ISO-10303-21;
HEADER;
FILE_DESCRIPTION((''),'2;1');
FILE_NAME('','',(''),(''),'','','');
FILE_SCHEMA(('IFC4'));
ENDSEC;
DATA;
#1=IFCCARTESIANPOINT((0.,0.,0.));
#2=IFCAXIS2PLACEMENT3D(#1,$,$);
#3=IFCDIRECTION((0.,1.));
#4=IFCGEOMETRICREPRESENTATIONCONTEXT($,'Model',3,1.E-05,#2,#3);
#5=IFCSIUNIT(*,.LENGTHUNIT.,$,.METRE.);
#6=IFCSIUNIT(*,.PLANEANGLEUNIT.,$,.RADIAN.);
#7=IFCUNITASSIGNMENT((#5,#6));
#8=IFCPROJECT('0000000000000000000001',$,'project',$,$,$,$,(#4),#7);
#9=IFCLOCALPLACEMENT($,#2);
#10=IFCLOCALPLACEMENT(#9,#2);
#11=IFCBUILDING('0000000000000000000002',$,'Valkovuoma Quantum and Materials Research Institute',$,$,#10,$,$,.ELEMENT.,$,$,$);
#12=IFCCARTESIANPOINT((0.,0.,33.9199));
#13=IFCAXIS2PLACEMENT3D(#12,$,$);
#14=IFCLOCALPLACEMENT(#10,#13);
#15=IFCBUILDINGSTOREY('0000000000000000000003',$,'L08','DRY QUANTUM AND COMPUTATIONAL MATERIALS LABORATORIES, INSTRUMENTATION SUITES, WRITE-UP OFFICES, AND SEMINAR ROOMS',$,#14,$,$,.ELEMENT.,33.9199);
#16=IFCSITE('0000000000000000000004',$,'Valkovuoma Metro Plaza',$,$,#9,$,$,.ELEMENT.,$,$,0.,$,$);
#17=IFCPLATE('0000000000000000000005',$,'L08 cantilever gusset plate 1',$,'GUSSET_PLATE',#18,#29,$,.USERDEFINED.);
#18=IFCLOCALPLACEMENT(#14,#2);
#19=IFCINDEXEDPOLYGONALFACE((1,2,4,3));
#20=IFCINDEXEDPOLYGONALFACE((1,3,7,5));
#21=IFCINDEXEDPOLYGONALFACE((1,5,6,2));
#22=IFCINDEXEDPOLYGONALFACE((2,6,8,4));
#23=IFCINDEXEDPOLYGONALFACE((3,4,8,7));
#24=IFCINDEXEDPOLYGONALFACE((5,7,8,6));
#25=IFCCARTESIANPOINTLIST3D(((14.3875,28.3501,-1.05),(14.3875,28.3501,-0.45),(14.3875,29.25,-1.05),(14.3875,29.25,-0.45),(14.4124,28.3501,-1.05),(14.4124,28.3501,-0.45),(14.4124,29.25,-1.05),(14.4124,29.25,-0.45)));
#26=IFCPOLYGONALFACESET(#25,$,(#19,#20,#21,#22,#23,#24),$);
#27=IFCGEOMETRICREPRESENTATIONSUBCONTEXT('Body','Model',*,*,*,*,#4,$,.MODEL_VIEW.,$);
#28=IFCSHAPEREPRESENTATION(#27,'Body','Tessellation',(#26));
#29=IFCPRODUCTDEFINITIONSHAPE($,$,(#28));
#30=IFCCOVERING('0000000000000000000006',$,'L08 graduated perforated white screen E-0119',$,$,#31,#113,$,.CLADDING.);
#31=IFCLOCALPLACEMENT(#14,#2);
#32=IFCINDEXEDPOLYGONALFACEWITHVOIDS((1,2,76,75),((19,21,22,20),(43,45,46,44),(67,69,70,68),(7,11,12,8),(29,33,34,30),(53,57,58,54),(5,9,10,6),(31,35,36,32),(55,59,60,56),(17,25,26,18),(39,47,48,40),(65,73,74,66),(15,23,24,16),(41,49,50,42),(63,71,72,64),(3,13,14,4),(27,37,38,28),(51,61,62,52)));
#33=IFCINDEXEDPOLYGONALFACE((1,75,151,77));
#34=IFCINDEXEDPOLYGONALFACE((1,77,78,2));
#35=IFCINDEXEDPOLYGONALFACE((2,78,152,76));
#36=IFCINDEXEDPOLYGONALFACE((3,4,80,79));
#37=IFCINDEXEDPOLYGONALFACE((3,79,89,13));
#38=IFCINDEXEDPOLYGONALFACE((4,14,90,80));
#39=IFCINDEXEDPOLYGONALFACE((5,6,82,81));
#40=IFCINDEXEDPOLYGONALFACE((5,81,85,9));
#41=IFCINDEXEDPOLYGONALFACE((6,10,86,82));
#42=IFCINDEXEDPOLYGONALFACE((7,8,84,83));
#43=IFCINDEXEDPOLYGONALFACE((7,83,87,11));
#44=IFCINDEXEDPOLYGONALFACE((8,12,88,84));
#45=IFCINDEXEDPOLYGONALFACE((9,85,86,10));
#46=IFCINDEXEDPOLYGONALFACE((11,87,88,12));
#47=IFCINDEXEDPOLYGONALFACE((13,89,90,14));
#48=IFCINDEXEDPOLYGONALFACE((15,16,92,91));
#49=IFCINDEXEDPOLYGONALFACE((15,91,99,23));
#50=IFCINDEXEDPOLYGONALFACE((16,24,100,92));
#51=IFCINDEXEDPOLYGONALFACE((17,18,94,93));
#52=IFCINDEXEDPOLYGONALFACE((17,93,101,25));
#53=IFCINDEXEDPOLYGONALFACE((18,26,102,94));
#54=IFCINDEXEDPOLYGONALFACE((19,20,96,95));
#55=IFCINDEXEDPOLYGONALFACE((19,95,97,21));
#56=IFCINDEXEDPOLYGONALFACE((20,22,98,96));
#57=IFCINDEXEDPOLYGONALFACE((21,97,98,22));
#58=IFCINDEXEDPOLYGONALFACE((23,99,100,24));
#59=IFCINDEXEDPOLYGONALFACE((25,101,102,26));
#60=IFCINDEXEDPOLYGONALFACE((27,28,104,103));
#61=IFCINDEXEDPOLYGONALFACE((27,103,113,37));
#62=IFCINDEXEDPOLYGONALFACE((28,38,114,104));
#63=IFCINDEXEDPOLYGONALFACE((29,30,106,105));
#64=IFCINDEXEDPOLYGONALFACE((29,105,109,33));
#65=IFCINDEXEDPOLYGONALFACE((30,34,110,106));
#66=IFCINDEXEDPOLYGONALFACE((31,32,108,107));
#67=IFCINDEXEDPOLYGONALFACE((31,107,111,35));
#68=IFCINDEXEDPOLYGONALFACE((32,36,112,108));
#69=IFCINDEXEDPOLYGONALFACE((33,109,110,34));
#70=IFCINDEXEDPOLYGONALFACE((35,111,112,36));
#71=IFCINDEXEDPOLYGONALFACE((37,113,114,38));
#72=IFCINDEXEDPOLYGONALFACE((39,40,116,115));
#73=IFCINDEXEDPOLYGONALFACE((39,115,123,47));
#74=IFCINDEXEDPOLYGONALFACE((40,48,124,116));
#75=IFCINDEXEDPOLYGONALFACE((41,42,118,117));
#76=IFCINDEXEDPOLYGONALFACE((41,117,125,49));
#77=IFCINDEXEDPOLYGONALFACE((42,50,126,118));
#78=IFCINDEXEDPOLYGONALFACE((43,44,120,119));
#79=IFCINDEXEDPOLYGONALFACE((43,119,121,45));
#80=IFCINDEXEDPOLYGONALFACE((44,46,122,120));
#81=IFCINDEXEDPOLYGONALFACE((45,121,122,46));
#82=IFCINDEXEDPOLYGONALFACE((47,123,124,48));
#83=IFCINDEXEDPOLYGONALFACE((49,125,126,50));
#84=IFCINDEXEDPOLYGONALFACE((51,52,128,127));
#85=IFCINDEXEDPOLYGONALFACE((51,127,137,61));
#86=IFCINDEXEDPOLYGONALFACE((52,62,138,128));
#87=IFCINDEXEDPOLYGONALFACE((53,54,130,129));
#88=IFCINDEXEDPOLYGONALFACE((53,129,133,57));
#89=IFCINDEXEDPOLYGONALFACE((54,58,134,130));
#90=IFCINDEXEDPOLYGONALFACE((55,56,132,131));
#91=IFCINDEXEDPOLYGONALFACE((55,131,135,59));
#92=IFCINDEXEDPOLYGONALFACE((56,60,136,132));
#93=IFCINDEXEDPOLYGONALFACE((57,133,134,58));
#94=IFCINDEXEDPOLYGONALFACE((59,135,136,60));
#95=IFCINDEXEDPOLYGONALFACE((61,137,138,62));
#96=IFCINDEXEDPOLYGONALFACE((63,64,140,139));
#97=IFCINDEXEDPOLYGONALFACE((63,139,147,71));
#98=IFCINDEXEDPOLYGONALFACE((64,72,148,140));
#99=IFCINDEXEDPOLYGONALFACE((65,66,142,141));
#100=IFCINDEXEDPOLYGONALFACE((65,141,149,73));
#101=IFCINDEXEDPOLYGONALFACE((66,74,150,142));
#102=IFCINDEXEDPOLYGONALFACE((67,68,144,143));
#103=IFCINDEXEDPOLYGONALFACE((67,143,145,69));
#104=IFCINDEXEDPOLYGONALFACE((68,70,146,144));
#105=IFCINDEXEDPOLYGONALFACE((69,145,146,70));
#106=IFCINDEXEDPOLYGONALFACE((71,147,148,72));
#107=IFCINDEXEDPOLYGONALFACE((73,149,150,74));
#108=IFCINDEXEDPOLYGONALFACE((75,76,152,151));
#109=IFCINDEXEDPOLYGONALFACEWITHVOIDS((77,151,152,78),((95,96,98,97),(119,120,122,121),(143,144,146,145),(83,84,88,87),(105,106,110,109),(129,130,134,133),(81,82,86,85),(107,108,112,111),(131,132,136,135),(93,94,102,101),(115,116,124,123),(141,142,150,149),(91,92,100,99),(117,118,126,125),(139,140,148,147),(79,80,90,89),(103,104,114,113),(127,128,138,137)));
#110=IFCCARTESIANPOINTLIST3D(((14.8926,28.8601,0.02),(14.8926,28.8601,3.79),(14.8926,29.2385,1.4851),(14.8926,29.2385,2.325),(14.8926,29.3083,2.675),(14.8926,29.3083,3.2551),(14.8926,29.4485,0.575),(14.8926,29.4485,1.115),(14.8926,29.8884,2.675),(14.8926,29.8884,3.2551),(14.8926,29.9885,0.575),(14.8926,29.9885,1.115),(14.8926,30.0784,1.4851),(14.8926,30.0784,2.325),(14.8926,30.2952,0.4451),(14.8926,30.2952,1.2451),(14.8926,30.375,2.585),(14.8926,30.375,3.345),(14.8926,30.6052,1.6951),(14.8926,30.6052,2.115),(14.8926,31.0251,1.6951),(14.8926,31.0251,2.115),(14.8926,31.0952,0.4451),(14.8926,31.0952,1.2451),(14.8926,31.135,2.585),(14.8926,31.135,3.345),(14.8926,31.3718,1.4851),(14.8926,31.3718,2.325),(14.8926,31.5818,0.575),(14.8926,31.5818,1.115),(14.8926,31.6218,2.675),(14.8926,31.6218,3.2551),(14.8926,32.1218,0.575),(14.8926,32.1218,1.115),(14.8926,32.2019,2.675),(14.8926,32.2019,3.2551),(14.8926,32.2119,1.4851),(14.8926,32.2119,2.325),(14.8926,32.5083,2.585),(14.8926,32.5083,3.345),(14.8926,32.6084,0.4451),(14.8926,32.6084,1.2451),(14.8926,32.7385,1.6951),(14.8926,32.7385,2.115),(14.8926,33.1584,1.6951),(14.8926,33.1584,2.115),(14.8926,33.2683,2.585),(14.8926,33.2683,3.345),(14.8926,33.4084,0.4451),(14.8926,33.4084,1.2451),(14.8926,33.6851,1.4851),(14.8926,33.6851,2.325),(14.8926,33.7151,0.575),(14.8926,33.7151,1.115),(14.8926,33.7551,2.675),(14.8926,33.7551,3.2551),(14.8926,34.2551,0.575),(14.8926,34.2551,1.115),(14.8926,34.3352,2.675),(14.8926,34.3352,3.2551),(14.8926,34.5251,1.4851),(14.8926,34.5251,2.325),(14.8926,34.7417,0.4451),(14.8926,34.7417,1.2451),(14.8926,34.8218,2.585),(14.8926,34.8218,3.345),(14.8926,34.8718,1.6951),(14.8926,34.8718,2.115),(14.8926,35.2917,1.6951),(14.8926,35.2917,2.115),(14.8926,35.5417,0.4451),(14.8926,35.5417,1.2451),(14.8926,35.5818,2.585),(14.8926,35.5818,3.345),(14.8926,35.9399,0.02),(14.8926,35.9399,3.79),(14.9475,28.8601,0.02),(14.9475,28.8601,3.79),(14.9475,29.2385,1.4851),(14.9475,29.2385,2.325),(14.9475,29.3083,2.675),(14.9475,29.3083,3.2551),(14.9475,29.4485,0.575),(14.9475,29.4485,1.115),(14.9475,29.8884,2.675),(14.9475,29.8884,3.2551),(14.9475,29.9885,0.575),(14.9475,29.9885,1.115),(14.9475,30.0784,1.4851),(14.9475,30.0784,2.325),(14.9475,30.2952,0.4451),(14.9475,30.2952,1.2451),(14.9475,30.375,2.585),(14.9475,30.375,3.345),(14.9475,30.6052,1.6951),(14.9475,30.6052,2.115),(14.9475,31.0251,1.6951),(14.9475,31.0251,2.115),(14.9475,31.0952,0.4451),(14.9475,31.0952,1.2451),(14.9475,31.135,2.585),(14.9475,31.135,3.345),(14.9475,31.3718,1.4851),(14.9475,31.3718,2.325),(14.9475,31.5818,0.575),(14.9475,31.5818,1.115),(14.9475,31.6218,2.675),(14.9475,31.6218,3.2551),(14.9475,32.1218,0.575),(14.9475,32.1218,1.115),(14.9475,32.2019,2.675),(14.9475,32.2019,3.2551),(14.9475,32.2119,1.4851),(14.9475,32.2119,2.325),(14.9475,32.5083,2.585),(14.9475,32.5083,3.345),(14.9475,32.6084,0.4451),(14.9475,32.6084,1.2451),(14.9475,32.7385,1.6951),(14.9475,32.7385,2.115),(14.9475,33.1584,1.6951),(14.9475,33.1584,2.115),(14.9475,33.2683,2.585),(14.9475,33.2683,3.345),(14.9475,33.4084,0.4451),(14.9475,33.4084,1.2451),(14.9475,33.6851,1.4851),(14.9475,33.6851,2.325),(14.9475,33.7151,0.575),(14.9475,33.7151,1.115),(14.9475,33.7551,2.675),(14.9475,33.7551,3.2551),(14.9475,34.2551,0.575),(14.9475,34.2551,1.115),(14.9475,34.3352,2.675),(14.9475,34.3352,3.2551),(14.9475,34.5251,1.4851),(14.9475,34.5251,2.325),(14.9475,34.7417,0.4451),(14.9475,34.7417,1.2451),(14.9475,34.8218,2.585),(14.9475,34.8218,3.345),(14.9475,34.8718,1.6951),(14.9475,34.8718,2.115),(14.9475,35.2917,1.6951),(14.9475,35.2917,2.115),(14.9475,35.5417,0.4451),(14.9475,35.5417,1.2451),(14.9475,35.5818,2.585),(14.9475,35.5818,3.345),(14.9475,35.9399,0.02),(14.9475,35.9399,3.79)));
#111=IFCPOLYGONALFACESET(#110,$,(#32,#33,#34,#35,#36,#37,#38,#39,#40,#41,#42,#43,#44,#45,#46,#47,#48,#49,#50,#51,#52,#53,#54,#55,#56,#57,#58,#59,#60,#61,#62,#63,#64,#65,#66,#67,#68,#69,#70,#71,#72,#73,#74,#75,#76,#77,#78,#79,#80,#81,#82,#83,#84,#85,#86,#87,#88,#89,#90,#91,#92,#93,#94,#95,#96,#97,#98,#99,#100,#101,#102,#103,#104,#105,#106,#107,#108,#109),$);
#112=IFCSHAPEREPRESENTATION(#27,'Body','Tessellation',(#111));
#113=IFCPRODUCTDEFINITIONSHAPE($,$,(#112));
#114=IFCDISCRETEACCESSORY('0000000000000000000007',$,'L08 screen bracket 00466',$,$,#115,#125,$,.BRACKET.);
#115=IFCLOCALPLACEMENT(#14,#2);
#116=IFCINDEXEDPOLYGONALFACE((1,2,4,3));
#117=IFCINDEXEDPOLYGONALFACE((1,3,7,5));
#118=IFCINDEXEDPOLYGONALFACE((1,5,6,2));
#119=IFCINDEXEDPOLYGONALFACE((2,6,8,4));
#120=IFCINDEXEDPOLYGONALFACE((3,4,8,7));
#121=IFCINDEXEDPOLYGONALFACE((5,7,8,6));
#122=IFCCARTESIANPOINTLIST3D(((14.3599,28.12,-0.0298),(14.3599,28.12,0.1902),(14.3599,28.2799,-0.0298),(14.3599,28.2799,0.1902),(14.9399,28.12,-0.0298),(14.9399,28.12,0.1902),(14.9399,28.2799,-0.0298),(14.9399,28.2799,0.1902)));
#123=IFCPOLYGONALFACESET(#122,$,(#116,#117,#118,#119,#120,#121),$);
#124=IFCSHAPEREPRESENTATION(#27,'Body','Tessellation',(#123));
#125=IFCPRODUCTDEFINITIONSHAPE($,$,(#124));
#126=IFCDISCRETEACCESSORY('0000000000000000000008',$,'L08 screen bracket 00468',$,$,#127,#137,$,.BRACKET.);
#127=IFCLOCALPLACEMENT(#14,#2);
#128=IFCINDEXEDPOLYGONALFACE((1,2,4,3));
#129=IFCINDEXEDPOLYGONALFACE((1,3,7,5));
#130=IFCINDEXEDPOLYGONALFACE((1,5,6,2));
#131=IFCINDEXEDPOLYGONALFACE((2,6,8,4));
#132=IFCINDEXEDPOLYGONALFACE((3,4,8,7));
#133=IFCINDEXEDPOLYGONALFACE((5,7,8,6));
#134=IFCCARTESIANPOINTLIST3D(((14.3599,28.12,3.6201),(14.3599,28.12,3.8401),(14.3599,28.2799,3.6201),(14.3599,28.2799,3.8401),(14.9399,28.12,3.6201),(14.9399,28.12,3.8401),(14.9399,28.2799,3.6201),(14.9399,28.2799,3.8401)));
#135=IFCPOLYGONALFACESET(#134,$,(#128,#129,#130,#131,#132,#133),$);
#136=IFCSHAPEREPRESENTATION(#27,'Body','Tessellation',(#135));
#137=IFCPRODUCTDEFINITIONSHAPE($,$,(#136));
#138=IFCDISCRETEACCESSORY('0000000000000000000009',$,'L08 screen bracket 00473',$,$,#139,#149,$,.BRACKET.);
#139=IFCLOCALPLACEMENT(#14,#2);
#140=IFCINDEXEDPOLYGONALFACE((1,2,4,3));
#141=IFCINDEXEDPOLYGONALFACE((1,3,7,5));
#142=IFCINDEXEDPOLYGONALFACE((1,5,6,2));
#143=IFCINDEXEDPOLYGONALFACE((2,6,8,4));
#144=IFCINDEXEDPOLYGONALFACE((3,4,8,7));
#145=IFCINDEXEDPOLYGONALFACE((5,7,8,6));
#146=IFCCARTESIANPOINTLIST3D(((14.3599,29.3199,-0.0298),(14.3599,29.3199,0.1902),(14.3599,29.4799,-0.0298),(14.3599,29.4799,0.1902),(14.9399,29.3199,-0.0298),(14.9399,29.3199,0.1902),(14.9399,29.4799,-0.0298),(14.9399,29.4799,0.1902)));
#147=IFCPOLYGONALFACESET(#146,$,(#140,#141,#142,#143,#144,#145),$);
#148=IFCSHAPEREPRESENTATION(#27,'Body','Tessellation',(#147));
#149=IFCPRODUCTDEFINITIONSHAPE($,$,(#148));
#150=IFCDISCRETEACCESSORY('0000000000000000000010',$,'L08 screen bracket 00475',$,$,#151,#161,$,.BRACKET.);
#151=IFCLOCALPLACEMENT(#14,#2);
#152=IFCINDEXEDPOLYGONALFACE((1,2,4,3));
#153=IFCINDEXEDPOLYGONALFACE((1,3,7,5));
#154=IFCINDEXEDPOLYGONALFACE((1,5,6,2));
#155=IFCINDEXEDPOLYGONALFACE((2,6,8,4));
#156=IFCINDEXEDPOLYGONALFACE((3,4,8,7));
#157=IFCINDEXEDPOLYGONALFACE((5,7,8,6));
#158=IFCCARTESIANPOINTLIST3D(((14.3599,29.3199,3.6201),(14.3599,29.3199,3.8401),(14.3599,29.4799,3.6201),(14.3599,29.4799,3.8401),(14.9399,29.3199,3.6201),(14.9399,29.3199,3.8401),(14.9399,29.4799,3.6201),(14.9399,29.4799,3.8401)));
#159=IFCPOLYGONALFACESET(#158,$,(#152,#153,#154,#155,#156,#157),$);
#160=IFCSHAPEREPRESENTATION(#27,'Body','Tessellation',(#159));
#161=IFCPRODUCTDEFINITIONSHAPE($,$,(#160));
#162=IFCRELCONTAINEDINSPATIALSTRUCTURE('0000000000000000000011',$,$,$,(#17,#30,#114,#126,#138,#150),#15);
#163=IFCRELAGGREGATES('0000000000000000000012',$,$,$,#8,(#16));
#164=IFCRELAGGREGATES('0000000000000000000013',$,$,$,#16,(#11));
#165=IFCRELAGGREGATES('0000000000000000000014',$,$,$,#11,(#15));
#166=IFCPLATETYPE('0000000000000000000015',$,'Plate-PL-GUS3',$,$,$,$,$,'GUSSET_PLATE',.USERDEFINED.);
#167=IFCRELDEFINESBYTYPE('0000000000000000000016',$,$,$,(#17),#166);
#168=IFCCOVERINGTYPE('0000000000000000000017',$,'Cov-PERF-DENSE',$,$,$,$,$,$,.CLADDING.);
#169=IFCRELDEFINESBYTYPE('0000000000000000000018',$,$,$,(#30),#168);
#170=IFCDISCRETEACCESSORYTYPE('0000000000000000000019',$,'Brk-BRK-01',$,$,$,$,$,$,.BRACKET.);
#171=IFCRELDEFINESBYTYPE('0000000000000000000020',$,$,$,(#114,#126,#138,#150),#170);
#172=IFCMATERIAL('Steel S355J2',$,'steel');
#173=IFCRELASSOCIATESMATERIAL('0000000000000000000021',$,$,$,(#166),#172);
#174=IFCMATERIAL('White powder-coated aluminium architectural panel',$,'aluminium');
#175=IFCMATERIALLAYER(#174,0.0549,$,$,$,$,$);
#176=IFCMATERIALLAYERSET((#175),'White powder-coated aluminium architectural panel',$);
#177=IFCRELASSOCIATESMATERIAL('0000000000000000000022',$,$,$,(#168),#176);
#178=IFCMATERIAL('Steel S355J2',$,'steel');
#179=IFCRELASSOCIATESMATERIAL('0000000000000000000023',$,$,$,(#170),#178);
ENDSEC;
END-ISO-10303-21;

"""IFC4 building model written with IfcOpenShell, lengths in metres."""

from ifc_helpers import new_model, si_unit, direction, frame, origin, origin_2d, place, context, subcontext, project, spatial, polyline, rectangle, outline, extrude, material, layer, layer_set, type_object, element, save


model = new_model("IFC4")

# Units and contexts
model_context = context("Model", 3, precision=1e-05, world=origin(), true_north=direction((0.0, 1.0)))
body_context = subcontext(model_context, "Body", "Model", "MODEL_VIEW")
ifc_project = project(units=[si_unit("LENGTHUNIT", "METRE"), si_unit("PLANEANGLEUNIT", "RADIAN")], contexts=[model_context])

# Site, building, storey
site_placement = place(None, origin())
site = spatial("IfcSite", under=ifc_project, at=site_placement, Name="Valkovuoma Metro Plaza", CompositionType="ELEMENT", RefElevation=0.0)
building_placement = place(site_placement, origin())
building = spatial("IfcBuilding", under=site, at=building_placement, Name="Valkovuoma Quantum and Materials Research Institute", CompositionType="ELEMENT")
storey_placement = place(building_placement, frame((0.0, 0.0, 33.9199)))
storey = spatial("IfcBuildingStorey", under=building, at=storey_placement, Name="L08", Description="DRY QUANTUM AND COMPUTATIONAL MATERIALS LABORATORIES, INSTRUMENTATION SUITES, WRITE-UP OFFICES, AND SEMINAR ROOMS", CompositionType="ELEMENT", Elevation=33.9199)

# Plate
ifc_material_1 = material(Name="Steel S355J2", Category="steel")
plate_type_1 = type_object("IfcPlateType", Name="Plate-PL-GUS3", ElementType="GUSSET_PLATE", PredefinedType="USERDEFINED", material=ifc_material_1)
plate_1_placement = place(storey_placement, frame((14.3999, 28.8, -1.05), z_axis=(0.0, 0.0, 1.0), x_axis=(0.0, 1.0, 0.0)))
element("IfcPlate", 1, at=plate_1_placement, inside=storey, type_object=plate_type_1, Name="L08 cantilever gusset plate 1", ObjectType="GUSSET_PLATE", PredefinedType="USERDEFINED", context=body_context, shape_type="SweptSolid", body=[
    extrude(rectangle(XDim=0.8999, YDim=0.0249, at=origin_2d()), origin(), (0.0, 0.0, 1.0), 0.6001),
])

# Covering
ifc_material_2 = material(Name="White powder-coated aluminium architectural panel", Category="aluminium")
ifc_layer_1 = layer(ifc_material_2, 0.0549)
ifc_layer_set_1 = layer_set([ifc_layer_1], Name="White powder-coated aluminium architectural panel")
covering_type = type_object("IfcCoveringType", Name="Cov-PERF-DENSE", PredefinedType="CLADDING", material=ifc_layer_set_1)
covering_placement = place(storey_placement, frame((14.9199, 28.8601, 0.02), z_axis=(0.0, 0.0, 1.0), x_axis=(0.0, 1.0, 0.0)))
element("IfcCovering", 2, at=covering_placement, inside=storey, type_object=covering_type, Name="L08 graduated perforated white screen E-0119", PredefinedType="CLADDING", context=body_context, shape_type="SweptSolid", body=[
    extrude(outline(polyline([(0.0, 0.0), (7.0798, 0.0), (7.0798, 3.77), (0.0, 3.77), (0.0, 0.0)]), holes=[polyline([(0.5884, 0.5549), (0.5884, 1.095), (1.1284, 1.095), (1.1284, 0.5549), (0.5884, 0.5549)]), polyline([(0.3784, 1.4651), (0.3784, 2.3049), (1.2183, 2.3049), (1.2183, 1.4651), (0.3784, 1.4651)]), polyline([(0.4482, 2.655), (0.4482, 3.2351), (1.0283, 3.2351), (1.0283, 2.655), (0.4482, 2.655)]), polyline([(1.4351, 0.425), (1.4351, 1.2251), (2.2351, 1.2251), (2.2351, 0.425), (1.4351, 0.425)]), polyline([(1.7451, 1.675), (1.7451, 2.095), (2.165, 2.095), (2.165, 1.675), (1.7451, 1.675)]), polyline([(1.5149, 2.5649), (1.5149, 3.325), (2.2749, 3.325), (2.2749, 2.5649), (1.5149, 2.5649)]), polyline([(2.7217, 0.5549), (2.7217, 1.095), (3.2617, 1.095), (3.2617, 0.5549), (2.7217, 0.5549)]), polyline([(2.5117, 1.4651), (2.5117, 2.3049), (3.3518, 2.3049), (3.3518, 1.4651), (2.5117, 1.4651)]), polyline([(2.7617, 2.655), (2.7617, 3.2351), (3.3418, 3.2351), (3.3418, 2.655), (2.7617, 2.655)]), polyline([(3.7483, 0.425), (3.7483, 1.2251), (4.5483, 1.2251), (4.5483, 0.425), (3.7483, 0.425)]), polyline([(3.8784, 1.675), (3.8784, 2.095), (4.2983, 2.095), (4.2983, 1.675), (3.8784, 1.675)]), polyline([(3.6482, 2.5649), (3.6482, 3.325), (4.4082, 3.325), (4.4082, 2.5649), (3.6482, 2.5649)]), polyline([(4.855, 0.5549), (4.855, 1.095), (5.395, 1.095), (5.395, 0.5549), (4.855, 0.5549)]), polyline([(4.825, 1.4651), (4.825, 2.3049), (5.665, 2.3049), (5.665, 1.4651), (4.825, 1.4651)]), polyline([(4.895, 2.655), (4.895, 3.2351), (5.4751, 3.2351), (5.4751, 2.655), (4.895, 2.655)]), polyline([(5.8816, 0.425), (5.8816, 1.2251), (6.6816, 1.2251), (6.6816, 0.425), (5.8816, 0.425)]), polyline([(6.0117, 1.675), (6.0117, 2.095), (6.4316, 2.095), (6.4316, 1.675), (6.0117, 1.675)]), polyline([(5.9617, 2.5649), (5.9617, 3.325), (6.7217, 3.325), (6.7217, 2.5649), (5.9617, 2.5649)])]), frame((0.0, 0.0273, 0.0), z_axis=(0.0, -1.0, 0.0), x_axis=(1.0, 0.0, 0.0)), (0.0, 0.0, 1.0), 0.0549),
])

# Discrete accessories
ifc_material_3 = material(Name="Steel S355J2", Category="steel")
discrete_accessory_type = type_object("IfcDiscreteAccessoryType", Name="Brk-BRK-01", PredefinedType="BRACKET", material=ifc_material_3)
for number, where, z_axis, x_axis, name in (
    (3, (14.6499, 28.2, -0.0298), (0.0, 0.0, 1.0), (1.0, 0.0, 0.0), "L08 screen bracket 00466"),
    (4, (14.6499, 28.2, 3.6201), (0.0, 0.0, 1.0), (1.0, 0.0, 0.0), "L08 screen bracket 00468"),
    (5, (14.6499, 29.3999, -0.0298), (0.0, 0.0, 1.0), (1.0, 0.0, 0.0), "L08 screen bracket 00473"),
    (6, (14.6499, 29.3999, 3.6201), (0.0, 0.0, 1.0), (1.0, 0.0, 0.0), "L08 screen bracket 00475"),
):
    element("IfcDiscreteAccessory", number, at=place(storey_placement, frame(where, z_axis=z_axis, x_axis=x_axis)), inside=storey, type_object=discrete_accessory_type, Name=name, PredefinedType="BRACKET", context=body_context, shape_type="SweptSolid", body=[
        extrude(rectangle(XDim=0.5801, YDim=0.1599, at=origin_2d()), origin(), (0.0, 0.0, 1.0), 0.22),
    ])

save(model, "model.ifc")
